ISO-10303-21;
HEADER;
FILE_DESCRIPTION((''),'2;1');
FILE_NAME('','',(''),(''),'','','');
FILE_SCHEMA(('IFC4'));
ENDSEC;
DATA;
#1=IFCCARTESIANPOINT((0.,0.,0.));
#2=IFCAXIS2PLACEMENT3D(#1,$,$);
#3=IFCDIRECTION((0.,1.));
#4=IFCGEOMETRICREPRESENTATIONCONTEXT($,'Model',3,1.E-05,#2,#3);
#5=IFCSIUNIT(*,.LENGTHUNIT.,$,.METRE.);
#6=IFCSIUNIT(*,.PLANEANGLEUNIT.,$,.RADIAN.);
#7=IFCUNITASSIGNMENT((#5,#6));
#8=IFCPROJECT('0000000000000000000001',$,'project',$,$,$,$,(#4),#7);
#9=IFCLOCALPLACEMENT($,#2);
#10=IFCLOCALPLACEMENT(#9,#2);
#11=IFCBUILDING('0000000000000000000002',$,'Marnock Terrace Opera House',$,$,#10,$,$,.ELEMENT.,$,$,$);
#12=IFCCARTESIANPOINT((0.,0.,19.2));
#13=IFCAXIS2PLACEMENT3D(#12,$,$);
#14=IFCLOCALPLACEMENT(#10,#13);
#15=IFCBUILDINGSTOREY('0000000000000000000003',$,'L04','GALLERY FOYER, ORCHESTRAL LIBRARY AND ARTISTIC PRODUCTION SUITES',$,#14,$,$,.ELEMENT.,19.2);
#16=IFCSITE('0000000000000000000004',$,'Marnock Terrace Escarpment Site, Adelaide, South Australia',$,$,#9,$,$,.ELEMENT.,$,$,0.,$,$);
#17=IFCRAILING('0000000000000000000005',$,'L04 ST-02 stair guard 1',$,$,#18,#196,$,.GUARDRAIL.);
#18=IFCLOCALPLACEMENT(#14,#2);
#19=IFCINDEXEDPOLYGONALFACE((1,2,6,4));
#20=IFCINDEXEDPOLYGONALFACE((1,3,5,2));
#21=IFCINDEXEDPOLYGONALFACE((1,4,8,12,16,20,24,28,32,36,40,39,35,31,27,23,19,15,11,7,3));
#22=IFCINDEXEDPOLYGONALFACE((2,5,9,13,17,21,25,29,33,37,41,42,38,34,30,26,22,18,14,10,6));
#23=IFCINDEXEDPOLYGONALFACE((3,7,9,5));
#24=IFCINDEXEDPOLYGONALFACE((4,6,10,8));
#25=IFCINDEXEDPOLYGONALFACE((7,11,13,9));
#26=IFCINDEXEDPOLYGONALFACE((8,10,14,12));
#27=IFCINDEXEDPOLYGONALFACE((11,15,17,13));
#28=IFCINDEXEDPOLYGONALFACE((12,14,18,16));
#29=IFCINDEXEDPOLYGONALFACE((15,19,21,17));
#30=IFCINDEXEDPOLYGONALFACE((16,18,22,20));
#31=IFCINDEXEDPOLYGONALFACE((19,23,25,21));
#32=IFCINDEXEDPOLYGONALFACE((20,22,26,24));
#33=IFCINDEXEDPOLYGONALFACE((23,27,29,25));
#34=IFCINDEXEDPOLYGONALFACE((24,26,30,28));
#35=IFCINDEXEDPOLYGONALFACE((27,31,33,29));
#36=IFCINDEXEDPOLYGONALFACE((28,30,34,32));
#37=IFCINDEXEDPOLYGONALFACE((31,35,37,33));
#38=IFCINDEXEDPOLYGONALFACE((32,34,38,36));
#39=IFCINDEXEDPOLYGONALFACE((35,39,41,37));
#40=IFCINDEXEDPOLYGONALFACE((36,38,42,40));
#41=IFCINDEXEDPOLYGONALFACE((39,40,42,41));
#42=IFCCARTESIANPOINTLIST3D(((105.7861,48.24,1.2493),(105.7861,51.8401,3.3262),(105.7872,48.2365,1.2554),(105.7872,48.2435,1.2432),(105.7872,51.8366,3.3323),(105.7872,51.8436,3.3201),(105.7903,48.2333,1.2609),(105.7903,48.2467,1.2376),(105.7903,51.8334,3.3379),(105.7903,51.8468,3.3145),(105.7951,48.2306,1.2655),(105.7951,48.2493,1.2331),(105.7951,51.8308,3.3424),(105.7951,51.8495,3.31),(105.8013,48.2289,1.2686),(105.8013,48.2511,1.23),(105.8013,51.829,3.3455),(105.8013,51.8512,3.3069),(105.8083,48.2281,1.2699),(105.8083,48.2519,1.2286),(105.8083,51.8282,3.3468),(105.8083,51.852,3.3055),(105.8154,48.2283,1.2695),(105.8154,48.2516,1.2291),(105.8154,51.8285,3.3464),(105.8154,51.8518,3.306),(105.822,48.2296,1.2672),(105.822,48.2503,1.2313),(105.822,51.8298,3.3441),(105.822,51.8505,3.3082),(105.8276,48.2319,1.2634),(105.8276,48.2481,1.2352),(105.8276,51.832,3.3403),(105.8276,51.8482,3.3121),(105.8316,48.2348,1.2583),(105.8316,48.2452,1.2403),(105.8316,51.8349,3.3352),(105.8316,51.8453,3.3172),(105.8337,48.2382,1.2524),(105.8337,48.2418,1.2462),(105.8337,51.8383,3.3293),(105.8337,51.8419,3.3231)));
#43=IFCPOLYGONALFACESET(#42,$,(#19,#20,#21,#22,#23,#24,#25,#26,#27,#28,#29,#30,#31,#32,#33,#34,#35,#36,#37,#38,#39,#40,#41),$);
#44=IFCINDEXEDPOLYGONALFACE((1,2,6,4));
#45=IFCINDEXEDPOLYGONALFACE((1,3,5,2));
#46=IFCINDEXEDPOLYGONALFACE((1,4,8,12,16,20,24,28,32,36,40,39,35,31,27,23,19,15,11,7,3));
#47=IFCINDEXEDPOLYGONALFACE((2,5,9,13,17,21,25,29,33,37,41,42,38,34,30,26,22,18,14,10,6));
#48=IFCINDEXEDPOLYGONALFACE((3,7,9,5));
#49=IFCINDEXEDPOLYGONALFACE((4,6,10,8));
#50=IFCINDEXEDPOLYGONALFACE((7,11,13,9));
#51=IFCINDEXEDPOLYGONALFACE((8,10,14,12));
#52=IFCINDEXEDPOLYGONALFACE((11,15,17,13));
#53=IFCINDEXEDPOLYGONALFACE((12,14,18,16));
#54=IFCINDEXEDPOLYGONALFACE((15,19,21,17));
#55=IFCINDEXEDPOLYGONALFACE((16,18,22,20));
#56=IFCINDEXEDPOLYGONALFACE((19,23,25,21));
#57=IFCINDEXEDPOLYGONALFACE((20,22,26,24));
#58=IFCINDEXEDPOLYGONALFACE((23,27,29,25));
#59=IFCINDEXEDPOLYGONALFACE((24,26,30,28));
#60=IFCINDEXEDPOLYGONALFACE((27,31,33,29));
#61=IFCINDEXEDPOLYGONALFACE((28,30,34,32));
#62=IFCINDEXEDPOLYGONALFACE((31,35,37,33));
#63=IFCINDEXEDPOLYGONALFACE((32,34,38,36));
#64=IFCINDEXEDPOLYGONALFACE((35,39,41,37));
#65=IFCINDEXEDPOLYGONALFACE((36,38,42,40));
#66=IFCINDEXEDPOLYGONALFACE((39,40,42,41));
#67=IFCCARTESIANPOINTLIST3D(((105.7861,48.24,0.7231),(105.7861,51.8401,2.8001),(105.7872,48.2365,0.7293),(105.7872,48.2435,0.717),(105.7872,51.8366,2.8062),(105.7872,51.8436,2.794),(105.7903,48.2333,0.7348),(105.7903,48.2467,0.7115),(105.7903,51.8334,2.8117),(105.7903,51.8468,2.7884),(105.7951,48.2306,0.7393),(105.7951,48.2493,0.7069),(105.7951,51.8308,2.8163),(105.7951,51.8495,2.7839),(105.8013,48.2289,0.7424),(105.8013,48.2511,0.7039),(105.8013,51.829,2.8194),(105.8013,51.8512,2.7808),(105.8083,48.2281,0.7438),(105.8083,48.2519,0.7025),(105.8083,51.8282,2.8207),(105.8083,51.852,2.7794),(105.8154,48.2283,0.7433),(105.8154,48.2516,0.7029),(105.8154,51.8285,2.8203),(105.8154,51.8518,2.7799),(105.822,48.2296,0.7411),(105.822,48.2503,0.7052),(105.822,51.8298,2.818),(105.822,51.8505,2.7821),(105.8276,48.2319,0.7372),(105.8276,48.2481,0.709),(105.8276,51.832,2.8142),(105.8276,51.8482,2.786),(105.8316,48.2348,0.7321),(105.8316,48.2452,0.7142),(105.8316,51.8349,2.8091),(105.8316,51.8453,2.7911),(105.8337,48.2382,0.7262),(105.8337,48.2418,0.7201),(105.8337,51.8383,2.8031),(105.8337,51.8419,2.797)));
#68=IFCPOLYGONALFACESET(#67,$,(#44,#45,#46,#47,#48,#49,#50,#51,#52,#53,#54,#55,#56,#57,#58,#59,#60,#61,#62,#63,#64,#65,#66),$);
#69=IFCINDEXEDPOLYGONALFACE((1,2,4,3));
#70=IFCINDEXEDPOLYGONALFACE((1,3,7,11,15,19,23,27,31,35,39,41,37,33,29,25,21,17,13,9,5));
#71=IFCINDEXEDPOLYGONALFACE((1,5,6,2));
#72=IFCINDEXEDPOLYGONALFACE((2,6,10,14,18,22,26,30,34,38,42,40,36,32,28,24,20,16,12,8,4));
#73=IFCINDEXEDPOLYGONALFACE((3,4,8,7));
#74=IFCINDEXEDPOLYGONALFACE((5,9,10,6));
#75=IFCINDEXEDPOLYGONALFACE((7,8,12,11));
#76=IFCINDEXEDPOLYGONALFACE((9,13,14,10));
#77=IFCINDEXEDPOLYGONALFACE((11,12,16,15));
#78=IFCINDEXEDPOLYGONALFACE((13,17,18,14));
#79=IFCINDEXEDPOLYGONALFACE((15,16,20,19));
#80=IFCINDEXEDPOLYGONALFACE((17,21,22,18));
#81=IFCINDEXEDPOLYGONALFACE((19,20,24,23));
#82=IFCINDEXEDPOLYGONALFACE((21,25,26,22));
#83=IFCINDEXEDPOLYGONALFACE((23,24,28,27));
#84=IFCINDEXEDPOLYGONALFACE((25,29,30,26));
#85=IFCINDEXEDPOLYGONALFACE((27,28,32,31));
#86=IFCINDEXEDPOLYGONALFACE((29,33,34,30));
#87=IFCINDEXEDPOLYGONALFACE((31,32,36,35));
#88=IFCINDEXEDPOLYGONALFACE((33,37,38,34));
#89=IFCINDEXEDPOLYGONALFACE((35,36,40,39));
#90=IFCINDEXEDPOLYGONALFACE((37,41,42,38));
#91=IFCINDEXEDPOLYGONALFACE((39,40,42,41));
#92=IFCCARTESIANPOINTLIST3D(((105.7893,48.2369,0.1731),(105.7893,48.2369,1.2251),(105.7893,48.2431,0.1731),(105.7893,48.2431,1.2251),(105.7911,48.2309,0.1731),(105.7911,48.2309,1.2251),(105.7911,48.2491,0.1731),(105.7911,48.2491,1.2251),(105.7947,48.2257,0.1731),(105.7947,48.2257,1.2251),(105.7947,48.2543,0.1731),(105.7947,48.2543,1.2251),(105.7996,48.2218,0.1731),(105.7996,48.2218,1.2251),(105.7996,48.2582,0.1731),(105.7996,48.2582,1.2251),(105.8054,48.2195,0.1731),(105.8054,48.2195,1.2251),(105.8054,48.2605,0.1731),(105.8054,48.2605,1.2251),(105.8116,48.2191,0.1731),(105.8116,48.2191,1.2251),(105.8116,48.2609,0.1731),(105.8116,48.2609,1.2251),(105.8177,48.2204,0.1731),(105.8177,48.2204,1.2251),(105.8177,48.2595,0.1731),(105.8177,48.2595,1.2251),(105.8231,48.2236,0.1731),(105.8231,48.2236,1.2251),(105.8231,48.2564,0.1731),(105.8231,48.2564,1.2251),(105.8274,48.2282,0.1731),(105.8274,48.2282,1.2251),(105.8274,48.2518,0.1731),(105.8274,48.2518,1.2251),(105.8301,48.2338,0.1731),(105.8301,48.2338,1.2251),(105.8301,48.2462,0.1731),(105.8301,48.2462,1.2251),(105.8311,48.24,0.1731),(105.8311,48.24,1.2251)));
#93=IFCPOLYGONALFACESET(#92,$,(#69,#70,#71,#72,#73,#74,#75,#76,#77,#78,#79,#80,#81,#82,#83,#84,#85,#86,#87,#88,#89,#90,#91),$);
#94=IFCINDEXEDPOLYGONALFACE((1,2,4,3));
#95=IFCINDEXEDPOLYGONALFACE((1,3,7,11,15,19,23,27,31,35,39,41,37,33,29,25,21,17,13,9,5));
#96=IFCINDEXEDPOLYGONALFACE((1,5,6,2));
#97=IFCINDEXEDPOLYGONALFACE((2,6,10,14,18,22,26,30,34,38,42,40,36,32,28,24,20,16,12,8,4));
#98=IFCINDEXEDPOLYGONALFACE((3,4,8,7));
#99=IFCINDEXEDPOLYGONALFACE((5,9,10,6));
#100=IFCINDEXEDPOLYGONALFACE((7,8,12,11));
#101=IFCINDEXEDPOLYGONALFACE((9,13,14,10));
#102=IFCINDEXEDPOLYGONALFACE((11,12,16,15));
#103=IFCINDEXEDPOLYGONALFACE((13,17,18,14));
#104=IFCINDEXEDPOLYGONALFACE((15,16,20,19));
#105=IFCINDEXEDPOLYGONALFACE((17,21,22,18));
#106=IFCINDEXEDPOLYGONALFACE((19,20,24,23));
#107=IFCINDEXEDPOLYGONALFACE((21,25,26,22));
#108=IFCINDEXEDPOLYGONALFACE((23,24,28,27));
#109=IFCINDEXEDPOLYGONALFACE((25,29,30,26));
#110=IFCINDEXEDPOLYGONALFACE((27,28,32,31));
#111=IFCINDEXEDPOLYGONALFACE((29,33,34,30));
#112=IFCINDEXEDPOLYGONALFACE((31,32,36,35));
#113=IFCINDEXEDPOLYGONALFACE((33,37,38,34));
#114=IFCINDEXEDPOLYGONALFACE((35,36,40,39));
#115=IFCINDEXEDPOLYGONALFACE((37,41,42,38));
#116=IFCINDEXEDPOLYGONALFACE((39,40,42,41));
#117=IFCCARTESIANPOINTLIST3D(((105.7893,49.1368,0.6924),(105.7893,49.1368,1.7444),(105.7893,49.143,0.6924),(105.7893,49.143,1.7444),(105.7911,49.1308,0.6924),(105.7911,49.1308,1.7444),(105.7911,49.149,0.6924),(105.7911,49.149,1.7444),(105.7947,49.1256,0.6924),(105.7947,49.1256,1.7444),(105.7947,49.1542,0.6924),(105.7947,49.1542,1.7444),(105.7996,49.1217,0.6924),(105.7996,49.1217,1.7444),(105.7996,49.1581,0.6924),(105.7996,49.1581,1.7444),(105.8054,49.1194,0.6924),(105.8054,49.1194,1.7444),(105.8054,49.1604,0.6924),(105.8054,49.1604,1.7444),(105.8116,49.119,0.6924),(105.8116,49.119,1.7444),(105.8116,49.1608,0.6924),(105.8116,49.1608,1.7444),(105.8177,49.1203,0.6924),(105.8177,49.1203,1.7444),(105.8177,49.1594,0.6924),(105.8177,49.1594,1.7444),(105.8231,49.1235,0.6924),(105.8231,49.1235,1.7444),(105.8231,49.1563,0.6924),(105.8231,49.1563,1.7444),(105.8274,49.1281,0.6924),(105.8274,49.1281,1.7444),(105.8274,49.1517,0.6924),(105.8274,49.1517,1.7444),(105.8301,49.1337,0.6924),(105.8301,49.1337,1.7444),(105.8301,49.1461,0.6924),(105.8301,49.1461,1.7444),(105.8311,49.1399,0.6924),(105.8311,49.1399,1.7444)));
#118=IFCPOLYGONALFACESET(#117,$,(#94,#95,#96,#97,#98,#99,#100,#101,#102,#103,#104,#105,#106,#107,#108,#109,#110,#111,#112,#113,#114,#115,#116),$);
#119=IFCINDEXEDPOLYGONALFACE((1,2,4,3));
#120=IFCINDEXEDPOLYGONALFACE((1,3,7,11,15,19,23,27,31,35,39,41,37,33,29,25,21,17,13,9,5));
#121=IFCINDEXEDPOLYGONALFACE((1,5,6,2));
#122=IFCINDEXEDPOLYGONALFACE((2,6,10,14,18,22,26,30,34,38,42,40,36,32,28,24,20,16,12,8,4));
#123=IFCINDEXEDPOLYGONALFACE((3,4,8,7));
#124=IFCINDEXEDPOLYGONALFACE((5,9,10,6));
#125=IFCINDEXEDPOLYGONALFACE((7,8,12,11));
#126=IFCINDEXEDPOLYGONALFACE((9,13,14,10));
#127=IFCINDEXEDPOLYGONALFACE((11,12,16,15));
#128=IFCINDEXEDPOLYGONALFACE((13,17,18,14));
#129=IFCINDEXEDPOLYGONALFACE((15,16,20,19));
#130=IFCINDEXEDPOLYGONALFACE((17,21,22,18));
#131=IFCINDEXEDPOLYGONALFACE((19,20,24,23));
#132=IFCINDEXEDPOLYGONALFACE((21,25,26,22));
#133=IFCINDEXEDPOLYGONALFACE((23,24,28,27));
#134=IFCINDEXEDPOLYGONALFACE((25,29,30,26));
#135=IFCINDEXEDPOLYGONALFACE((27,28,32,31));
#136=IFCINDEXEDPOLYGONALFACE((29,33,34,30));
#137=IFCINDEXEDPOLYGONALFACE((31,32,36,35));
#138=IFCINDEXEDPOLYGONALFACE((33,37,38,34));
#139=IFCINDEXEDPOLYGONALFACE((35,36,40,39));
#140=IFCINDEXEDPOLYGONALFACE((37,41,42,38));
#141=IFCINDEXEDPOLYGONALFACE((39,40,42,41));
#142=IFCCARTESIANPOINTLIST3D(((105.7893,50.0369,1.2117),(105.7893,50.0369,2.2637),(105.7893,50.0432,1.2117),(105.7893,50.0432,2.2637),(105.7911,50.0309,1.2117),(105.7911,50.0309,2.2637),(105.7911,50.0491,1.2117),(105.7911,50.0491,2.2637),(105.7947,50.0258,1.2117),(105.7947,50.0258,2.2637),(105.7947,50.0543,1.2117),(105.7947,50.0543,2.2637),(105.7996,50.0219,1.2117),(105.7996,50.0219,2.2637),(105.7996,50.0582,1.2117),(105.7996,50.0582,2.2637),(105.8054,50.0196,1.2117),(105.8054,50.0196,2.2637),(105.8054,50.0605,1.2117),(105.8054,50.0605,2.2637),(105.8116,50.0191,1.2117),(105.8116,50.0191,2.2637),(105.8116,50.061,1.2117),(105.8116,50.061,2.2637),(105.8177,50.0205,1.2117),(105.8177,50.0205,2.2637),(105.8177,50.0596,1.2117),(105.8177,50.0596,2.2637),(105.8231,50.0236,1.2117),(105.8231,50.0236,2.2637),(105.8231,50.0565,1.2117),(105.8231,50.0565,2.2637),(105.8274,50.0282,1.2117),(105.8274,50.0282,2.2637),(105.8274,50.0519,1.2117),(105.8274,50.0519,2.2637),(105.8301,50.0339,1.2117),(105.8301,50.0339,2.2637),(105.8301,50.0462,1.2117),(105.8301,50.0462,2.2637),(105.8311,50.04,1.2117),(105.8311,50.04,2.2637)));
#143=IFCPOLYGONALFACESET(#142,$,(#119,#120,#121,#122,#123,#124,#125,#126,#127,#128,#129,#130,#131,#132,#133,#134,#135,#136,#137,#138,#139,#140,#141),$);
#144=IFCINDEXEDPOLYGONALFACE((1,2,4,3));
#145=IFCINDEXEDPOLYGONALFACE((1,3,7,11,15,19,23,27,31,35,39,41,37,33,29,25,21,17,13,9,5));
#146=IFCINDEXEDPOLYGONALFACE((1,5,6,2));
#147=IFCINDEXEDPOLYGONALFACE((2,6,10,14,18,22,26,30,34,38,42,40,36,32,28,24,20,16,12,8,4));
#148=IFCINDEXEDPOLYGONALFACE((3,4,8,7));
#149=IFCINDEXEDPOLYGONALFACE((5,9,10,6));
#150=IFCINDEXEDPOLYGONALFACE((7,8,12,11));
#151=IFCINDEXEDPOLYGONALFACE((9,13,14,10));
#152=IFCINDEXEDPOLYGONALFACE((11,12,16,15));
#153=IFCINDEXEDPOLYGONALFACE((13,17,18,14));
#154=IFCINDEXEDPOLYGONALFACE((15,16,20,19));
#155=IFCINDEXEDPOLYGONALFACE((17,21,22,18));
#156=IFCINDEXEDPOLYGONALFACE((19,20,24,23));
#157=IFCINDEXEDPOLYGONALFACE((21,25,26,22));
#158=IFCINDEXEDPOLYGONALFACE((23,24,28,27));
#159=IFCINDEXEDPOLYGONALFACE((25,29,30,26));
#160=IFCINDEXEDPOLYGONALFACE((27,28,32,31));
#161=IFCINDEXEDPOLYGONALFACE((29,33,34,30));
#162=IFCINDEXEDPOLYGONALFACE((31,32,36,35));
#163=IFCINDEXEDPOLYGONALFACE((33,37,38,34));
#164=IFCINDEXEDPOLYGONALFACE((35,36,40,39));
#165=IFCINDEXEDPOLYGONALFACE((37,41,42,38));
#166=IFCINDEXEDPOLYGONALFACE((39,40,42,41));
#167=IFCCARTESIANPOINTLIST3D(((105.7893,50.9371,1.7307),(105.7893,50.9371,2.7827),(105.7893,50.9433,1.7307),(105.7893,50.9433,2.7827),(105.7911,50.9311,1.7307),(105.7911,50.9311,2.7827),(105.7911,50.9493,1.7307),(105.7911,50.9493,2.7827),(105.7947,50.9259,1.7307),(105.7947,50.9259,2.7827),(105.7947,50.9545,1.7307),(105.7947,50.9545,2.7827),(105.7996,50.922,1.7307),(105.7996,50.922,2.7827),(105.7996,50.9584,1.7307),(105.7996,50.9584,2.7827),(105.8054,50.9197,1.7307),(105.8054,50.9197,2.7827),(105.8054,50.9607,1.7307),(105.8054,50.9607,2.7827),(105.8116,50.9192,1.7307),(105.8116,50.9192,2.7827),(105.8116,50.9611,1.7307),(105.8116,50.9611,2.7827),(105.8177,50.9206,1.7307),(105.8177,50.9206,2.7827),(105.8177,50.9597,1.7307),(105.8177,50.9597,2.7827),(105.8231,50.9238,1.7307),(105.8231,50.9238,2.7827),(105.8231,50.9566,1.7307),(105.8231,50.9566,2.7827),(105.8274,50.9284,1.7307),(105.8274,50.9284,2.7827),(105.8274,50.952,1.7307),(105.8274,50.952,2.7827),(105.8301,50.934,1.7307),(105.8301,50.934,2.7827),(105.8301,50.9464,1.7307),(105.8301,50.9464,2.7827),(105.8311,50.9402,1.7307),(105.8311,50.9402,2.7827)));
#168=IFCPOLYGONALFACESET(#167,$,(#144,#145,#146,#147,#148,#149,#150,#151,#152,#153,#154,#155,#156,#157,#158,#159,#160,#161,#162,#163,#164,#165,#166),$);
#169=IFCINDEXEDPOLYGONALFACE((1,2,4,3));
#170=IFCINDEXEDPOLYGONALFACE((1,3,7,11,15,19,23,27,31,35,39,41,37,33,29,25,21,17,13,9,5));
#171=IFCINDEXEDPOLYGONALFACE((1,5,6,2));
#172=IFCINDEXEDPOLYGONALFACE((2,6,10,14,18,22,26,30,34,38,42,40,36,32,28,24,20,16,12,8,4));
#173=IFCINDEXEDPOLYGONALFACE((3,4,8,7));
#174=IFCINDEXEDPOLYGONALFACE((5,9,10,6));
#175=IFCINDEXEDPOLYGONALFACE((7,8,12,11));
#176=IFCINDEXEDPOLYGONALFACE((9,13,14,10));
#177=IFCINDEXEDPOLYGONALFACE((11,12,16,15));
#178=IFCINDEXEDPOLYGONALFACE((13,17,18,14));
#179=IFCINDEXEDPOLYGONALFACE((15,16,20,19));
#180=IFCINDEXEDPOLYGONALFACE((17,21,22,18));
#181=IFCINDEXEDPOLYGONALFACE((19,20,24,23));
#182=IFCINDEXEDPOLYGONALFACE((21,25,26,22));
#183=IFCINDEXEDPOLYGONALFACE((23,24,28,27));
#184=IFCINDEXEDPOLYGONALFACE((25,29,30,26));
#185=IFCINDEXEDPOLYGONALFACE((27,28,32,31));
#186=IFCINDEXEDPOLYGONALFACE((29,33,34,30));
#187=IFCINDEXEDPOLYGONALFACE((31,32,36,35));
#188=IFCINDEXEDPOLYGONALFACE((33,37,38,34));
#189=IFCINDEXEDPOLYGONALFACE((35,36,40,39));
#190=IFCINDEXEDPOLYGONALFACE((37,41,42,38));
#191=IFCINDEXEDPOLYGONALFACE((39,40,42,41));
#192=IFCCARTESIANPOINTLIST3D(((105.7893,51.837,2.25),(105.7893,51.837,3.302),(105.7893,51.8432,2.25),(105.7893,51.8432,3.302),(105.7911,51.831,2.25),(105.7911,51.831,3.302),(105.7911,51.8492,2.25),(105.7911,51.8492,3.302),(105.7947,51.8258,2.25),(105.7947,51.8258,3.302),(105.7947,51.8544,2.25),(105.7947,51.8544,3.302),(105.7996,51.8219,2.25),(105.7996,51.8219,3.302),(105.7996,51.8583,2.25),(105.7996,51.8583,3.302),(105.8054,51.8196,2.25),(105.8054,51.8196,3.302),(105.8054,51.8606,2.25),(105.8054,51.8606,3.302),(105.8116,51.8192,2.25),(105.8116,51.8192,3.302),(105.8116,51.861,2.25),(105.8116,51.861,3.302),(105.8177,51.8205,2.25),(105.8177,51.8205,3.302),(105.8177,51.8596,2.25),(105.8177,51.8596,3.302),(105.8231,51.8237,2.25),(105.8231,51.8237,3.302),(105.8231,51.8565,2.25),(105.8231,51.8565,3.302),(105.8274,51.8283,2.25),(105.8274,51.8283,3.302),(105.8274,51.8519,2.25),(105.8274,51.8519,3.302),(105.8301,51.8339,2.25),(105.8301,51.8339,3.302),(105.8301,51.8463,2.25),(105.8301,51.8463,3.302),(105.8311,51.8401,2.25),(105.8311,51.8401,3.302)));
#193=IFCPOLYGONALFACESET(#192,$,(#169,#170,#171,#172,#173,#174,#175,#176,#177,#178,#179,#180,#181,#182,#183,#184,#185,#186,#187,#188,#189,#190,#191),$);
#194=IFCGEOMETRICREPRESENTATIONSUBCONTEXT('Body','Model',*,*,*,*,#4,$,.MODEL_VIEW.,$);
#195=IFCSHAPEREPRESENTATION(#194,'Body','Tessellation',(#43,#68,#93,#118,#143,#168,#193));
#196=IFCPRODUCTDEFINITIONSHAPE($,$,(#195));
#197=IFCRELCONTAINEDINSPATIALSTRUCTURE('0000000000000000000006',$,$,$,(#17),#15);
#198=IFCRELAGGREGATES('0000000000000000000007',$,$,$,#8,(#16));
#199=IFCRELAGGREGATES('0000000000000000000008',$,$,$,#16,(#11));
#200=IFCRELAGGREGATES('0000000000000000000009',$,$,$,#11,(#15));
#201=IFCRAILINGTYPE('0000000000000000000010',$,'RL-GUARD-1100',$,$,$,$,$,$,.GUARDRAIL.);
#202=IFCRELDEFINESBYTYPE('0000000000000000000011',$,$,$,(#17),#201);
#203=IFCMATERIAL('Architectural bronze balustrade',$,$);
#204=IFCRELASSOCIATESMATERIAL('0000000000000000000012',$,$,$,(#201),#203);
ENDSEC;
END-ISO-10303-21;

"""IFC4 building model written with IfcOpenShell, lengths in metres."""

from ifc_helpers import new_model, si_unit, direction, frame, origin, origin_2d, place, context, subcontext, project, spatial, circle, extrude, material, type_object, element, save


model = new_model("IFC4")

# Units and contexts
model_context = context("Model", 3, precision=1e-05, world=origin(), true_north=direction((0.0, 1.0)))
body_context = subcontext(model_context, "Body", "Model", "MODEL_VIEW")
ifc_project = project(units=[si_unit("LENGTHUNIT", "METRE"), si_unit("PLANEANGLEUNIT", "RADIAN")], contexts=[model_context])

# Site, building, storey
site_placement = place(None, origin())
site = spatial("IfcSite", under=ifc_project, at=site_placement, Name="Marnock Terrace Escarpment Site, Adelaide, South Australia", CompositionType="ELEMENT", RefElevation=0.0)
building_placement = place(site_placement, origin())
building = spatial("IfcBuilding", under=site, at=building_placement, Name="Marnock Terrace Opera House", CompositionType="ELEMENT")
storey_placement = place(building_placement, frame((0.0, 0.0, 19.2)))
storey = spatial("IfcBuildingStorey", under=building, at=storey_placement, Name="L04", Description="GALLERY FOYER, ORCHESTRAL LIBRARY AND ARTISTIC PRODUCTION SUITES", CompositionType="ELEMENT", Elevation=19.2)

# Railing
ifc_material_1 = material(Name="Architectural bronze balustrade")
railing_type_1 = type_object("IfcRailingType", Name="RL-GUARD-1100", PredefinedType="GUARDRAIL", material=ifc_material_1)
railing_1_placement = place(storey_placement, frame((105.8101, 48.24, 0.1731)))
element("IfcRailing", 1, at=railing_1_placement, inside=storey, type_object=railing_type_1, Name="L04 ST-02 stair guard 1", PredefinedType="GUARDRAIL", context=body_context, shape_type="SweptSolid", body=[
    extrude(circle(Radius=0.0239, at=origin_2d()), frame((0.0, 0.0, 1.0762), z_axis=(0.0, 0.866193, 0.499709), x_axis=(-1.0, 0.0, 0.0)), (0.0, 0.0, 1.0), 4.1562),
    extrude(circle(Radius=0.0239, at=origin_2d()), frame((0.0, 0.0, 0.55), z_axis=(0.0, 0.866193, 0.499709), x_axis=(-1.0, 0.0, 0.0)), (0.0, 0.0, 1.0), 4.1562),
    extrude(circle(Radius=0.021, at=origin_2d()), origin(), (0.0, 0.0, 1.0), 1.052),
    extrude(circle(Radius=0.021, at=origin_2d()), frame((0.0, 0.8999, 0.5193)), (0.0, 0.0, 1.0), 1.052),
    extrude(circle(Radius=0.021, at=origin_2d()), frame((0.0, 1.8, 1.0386)), (0.0, 0.0, 1.0), 1.052),
    extrude(circle(Radius=0.021, at=origin_2d()), frame((0.0, 2.7002, 1.5576)), (0.0, 0.0, 1.0), 1.052),
    extrude(circle(Radius=0.021, at=origin_2d()), frame((0.0, 3.6001, 2.0769)), (0.0, 0.0, 1.0), 1.052),
])

save(model, "model.ifc")
